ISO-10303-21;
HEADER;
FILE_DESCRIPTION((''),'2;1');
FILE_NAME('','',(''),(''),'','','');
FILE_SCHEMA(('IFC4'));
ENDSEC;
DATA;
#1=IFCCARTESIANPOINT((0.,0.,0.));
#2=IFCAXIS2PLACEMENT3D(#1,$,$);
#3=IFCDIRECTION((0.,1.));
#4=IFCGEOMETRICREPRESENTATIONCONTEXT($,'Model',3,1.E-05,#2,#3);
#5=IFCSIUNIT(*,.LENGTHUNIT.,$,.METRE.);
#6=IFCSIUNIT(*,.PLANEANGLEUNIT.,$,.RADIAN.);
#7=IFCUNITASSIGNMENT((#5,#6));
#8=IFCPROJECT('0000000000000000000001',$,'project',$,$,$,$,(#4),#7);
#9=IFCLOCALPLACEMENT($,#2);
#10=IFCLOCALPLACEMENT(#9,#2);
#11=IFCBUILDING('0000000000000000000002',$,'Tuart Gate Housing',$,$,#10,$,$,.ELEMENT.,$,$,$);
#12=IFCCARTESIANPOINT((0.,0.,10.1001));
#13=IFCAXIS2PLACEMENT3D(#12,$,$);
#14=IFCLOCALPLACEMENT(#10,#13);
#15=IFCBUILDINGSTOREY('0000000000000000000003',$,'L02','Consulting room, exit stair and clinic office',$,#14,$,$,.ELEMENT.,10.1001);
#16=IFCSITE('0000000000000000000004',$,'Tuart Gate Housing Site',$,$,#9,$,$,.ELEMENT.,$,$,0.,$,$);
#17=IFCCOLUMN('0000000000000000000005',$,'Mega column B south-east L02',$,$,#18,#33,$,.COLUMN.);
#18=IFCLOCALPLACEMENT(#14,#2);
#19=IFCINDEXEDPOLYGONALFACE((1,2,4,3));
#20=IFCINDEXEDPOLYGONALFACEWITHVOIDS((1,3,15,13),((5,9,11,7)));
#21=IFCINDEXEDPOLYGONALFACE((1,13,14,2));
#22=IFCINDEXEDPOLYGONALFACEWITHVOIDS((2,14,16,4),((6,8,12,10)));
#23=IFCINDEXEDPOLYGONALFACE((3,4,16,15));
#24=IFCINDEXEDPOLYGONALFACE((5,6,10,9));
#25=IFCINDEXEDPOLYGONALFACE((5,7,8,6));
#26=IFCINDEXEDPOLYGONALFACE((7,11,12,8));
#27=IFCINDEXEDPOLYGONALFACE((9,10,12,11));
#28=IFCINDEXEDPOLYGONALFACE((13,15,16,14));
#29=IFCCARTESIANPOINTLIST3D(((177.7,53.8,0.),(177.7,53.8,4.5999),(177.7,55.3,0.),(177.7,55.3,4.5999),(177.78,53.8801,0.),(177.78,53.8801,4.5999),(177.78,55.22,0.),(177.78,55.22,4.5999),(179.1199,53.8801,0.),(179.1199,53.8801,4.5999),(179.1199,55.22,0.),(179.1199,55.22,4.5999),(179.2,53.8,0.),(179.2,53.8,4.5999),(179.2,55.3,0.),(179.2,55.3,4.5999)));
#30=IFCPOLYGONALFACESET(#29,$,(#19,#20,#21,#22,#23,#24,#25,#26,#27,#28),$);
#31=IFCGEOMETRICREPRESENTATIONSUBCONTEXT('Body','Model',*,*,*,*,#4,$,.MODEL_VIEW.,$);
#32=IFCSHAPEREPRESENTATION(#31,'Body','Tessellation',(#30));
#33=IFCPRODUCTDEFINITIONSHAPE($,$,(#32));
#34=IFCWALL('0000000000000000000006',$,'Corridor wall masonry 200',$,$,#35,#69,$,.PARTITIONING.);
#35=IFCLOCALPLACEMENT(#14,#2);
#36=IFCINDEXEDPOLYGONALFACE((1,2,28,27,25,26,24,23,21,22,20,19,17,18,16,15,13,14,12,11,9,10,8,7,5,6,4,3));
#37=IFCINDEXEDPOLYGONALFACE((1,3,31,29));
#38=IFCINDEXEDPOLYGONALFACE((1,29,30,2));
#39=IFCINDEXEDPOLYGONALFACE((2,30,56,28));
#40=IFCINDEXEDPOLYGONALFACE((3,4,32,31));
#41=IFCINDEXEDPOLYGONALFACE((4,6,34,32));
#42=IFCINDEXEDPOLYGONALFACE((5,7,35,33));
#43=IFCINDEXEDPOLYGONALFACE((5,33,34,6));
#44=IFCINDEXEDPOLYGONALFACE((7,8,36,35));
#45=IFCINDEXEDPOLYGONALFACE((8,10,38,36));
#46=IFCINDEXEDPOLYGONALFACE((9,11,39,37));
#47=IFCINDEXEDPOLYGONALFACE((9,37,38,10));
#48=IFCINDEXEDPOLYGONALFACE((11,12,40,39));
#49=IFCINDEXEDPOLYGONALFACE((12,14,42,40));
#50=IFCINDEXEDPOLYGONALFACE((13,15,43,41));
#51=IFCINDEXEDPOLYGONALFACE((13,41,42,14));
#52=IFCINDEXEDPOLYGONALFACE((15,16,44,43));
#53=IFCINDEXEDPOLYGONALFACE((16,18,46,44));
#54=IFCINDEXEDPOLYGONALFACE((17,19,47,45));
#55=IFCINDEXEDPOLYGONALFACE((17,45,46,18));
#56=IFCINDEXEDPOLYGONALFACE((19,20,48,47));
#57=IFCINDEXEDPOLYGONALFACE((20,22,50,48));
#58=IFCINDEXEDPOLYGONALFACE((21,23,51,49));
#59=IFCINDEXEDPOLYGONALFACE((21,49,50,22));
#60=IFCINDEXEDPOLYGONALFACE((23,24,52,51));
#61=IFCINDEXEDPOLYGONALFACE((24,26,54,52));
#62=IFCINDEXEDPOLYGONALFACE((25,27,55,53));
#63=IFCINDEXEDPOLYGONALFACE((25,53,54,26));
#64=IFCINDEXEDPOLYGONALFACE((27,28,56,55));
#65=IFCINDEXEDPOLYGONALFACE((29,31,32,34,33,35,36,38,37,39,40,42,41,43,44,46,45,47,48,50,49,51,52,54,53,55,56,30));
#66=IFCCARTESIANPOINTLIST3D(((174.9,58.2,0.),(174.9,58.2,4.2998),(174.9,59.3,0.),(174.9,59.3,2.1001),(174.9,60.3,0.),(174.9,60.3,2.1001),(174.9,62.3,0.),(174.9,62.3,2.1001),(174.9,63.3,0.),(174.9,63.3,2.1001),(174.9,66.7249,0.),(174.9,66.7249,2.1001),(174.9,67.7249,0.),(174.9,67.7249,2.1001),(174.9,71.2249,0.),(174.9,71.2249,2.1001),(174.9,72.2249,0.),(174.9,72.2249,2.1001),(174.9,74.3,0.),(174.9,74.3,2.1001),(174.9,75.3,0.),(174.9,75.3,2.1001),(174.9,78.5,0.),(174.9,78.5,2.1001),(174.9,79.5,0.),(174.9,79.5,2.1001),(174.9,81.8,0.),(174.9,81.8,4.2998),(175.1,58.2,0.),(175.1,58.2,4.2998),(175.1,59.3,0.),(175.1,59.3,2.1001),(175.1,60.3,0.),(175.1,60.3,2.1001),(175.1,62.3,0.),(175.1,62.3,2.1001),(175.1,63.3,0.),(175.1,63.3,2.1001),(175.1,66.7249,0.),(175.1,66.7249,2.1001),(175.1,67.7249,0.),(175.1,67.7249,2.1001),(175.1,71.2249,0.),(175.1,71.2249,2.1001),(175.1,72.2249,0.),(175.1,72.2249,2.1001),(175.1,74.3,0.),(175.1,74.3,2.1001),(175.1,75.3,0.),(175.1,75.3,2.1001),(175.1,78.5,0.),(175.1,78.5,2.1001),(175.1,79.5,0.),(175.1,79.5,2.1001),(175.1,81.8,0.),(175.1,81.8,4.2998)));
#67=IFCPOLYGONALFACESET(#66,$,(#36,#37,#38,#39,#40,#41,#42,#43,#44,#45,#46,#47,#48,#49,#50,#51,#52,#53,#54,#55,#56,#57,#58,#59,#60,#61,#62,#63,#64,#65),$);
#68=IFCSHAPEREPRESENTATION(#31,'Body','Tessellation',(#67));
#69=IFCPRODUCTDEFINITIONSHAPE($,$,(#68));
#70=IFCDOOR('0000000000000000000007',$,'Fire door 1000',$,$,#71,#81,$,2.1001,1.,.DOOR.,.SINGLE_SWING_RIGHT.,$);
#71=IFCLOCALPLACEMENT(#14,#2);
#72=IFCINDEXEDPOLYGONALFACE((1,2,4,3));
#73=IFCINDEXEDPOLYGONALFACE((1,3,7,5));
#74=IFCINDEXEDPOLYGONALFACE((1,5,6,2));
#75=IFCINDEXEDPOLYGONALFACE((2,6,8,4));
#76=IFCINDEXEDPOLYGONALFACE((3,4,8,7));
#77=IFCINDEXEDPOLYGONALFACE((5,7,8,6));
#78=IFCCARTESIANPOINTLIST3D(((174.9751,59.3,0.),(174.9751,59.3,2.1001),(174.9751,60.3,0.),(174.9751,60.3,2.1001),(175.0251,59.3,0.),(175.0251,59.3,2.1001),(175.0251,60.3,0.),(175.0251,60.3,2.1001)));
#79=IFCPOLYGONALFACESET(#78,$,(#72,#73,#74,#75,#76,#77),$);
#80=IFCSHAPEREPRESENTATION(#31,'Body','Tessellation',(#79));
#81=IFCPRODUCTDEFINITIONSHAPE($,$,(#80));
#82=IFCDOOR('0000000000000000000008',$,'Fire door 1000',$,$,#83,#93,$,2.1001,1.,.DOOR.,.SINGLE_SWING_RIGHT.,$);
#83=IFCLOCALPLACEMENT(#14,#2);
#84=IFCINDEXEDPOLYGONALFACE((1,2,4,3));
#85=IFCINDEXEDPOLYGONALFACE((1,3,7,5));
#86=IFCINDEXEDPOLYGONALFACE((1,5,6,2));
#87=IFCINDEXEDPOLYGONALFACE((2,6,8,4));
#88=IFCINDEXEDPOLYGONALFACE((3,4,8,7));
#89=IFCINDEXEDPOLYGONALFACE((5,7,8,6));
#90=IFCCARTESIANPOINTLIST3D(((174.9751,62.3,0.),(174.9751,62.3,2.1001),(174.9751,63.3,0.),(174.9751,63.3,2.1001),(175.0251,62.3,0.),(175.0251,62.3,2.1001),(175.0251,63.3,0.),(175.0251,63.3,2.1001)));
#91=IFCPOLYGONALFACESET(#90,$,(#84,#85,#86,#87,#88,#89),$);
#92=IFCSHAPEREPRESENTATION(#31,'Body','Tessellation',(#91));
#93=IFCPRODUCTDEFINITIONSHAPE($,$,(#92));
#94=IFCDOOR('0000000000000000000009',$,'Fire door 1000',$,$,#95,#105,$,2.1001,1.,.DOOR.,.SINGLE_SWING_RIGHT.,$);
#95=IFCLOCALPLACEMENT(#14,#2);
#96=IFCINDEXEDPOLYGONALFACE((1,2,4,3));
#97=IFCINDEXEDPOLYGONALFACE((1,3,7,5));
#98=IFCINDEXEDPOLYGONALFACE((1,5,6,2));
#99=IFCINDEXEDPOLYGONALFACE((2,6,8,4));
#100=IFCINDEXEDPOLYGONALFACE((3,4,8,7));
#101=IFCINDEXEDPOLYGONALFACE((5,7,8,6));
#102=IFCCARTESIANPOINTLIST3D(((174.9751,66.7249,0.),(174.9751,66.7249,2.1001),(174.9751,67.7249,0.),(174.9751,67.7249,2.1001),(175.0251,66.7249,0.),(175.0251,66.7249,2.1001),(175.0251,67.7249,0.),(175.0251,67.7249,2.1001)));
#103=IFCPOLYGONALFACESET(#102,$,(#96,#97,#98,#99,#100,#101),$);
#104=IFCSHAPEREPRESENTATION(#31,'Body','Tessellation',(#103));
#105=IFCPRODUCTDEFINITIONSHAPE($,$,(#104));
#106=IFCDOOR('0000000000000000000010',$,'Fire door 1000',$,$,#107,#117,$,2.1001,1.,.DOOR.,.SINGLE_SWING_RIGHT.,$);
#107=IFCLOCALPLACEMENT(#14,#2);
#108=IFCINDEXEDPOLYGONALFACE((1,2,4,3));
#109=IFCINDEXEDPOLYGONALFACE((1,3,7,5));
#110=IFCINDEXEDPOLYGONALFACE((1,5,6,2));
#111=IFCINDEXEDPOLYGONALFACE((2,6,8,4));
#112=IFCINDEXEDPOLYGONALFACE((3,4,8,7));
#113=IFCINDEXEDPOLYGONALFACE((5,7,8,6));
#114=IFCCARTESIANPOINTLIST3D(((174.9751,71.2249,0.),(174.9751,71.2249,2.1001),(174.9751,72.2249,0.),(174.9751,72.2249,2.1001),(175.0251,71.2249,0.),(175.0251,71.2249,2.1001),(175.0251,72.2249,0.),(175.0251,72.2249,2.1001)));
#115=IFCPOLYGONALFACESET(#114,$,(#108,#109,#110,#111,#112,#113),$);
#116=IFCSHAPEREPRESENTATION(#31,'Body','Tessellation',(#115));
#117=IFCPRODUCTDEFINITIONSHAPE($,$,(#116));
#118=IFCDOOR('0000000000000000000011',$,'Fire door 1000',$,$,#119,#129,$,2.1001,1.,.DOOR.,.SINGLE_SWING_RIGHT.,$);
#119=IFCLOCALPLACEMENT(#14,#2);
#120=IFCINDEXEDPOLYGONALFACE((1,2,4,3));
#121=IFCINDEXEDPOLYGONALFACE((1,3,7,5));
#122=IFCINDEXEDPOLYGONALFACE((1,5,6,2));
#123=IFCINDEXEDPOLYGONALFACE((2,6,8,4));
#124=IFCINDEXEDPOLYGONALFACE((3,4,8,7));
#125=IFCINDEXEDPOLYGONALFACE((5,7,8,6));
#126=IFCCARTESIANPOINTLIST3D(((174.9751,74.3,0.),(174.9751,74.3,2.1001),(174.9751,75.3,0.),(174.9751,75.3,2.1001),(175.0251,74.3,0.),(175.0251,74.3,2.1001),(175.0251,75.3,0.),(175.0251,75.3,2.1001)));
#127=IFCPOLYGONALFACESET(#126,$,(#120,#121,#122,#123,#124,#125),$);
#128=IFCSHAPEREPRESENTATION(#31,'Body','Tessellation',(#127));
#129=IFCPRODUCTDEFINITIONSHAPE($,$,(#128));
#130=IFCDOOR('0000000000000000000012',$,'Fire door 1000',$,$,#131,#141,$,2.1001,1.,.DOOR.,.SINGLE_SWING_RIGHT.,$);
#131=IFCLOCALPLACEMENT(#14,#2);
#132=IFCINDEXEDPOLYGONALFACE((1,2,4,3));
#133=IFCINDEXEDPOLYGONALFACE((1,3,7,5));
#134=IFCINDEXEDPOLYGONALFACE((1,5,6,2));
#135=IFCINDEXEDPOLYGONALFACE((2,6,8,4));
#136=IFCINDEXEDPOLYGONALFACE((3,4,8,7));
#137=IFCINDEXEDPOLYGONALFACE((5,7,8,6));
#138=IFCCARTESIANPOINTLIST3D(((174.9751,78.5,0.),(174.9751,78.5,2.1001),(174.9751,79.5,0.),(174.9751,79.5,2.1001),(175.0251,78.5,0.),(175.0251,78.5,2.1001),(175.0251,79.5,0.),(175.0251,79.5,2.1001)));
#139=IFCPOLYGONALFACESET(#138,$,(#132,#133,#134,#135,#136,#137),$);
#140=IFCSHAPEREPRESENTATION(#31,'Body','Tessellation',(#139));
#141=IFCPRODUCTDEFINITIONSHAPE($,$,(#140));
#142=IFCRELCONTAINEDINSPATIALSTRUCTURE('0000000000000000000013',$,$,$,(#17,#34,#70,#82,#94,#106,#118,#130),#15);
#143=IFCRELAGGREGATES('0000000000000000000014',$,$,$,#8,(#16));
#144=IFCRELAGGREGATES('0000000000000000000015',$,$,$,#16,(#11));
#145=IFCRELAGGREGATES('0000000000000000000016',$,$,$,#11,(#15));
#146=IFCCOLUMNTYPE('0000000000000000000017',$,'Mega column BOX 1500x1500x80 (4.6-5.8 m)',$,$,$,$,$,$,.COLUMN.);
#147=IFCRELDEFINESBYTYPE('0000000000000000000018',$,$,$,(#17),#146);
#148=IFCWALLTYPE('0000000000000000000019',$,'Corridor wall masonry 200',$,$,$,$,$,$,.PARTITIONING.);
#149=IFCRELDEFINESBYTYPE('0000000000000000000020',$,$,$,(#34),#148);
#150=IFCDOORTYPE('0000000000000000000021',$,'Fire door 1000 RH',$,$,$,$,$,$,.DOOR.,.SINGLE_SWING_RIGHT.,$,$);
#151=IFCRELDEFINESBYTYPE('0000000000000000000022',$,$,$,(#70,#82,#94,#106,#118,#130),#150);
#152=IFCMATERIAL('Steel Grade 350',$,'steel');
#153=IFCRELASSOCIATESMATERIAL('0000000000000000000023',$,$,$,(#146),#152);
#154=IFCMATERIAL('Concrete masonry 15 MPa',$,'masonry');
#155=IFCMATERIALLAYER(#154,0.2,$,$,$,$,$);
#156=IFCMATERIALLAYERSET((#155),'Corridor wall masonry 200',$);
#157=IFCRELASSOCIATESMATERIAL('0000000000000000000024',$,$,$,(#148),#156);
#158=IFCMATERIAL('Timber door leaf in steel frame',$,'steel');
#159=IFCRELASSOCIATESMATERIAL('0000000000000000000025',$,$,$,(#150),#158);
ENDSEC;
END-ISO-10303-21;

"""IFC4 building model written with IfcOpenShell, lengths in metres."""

from ifc_helpers import new_model, si_unit, direction, frame, frame_2d, origin, origin_2d, place, context, subcontext, project, spatial, rectangle, hollow_rectangle, extrude, material, layer, layer_set, material_profile, profile_set, type_object, element, fill, save


model = new_model("IFC4")

# Units and contexts
model_context = context("Model", 3, precision=1e-05, world=origin(), true_north=direction((0.0, 1.0)))
body_context = subcontext(model_context, "Body", "Model", "MODEL_VIEW")
ifc_project = project(units=[si_unit("LENGTHUNIT", "METRE"), si_unit("PLANEANGLEUNIT", "RADIAN")], contexts=[model_context])

# Site, building, storey
site_placement = place(None, origin())
site = spatial("IfcSite", under=ifc_project, at=site_placement, Name="Tuart Gate Housing Site", CompositionType="ELEMENT", RefElevation=0.0)
building_placement = place(site_placement, origin())
building = spatial("IfcBuilding", under=site, at=building_placement, Name="Tuart Gate Housing", CompositionType="ELEMENT")
storey_placement = place(building_placement, frame((0.0, 0.0, 10.1001)))
storey = spatial("IfcBuildingStorey", under=building, at=storey_placement, Name="L02", Description="Consulting room, exit stair and clinic office", CompositionType="ELEMENT", Elevation=10.1001)

# Column
ifc_material_1 = material(Name="Steel Grade 350", Category="steel")
ifc_material_profile = material_profile(ifc_material_1, hollow_rectangle(XDim=1.5, YDim=1.5, WallThickness=0.0801, at=origin_2d()), Name="BOX 1500x1500x80")
ifc_profile_set = profile_set([ifc_material_profile], Name="Steel Grade 350")
column_type = type_object("IfcColumnType", Name="Mega column BOX 1500x1500x80 (4.6-5.8 m)", PredefinedType="COLUMN", material=ifc_profile_set)
column_placement = place(storey_placement, frame((178.45, 54.55, 0.0), z_axis=(0.0, 0.0, 1.0), x_axis=(1.0, 0.0, 0.0)))
element("IfcColumn", 1, at=column_placement, inside=storey, type_object=column_type, Name="Mega column B south-east L02", PredefinedType="COLUMN", context=body_context, shape_type="SweptSolid", body=[
    extrude(hollow_rectangle(XDim=1.5, YDim=1.5, WallThickness=0.0801, at=origin_2d()), origin(), (0.0, 0.0, 1.0), 4.5999),
])

# Wall, openings, doors
ifc_material_2 = material(Name="Concrete masonry 15 MPa", Category="masonry")
ifc_layer_1 = layer(ifc_material_2, 0.2)
ifc_layer_set_1 = layer_set([ifc_layer_1], Name="Corridor wall masonry 200")
wall_type_1 = type_object("IfcWallType", Name="Corridor wall masonry 200", PredefinedType="PARTITIONING", material=ifc_layer_set_1)
wall_1_placement = place(storey_placement, frame((175.0, 58.2, 0.0), z_axis=(0.0, 0.0, 1.0), x_axis=(0.0, 1.0, 0.0)))
wall_1 = element("IfcWall", 2, at=wall_1_placement, inside=storey, type_object=wall_type_1, Name="Corridor wall masonry 200", PredefinedType="PARTITIONING", context=body_context, shape_type="SweptSolid", body=[
    extrude(rectangle(XDim=23.6001, YDim=0.2, at=frame_2d((11.8, 0.0))), origin(), (0.0, 0.0, 1.0), 4.2998),
])
opening_1_placement = place(wall_1_placement, frame((1.1001, 0.0, 0.0)))
opening_1 = element("IfcOpeningElement", 3, at=opening_1_placement, cuts=wall_1, PredefinedType="OPENING", context=body_context, shape_type="SweptSolid", body=[
    extrude(rectangle(XDim=1.0, YDim=2.1001, at=frame_2d((0.5, 1.05))), frame((0.0, 0.1099, 0.0), z_axis=(0.0, -1.0, 0.0), x_axis=(1.0, 0.0, 0.0)), (0.0, 0.0, 1.0), 0.22),
])
opening_2_placement = place(wall_1_placement, frame((4.1001, 0.0, 0.0)))
opening_2 = element("IfcOpeningElement", 4, at=opening_2_placement, cuts=wall_1, PredefinedType="OPENING", context=body_context, shape_type="SweptSolid", body=[
    extrude(rectangle(XDim=1.0, YDim=2.1001, at=frame_2d((0.5, 1.05))), frame((0.0, 0.1099, 0.0), z_axis=(0.0, -1.0, 0.0), x_axis=(1.0, 0.0, 0.0)), (0.0, 0.0, 1.0), 0.22),
])
opening_3_placement = place(wall_1_placement, frame((8.5249, 0.0, 0.0)))
opening_3 = element("IfcOpeningElement", 5, at=opening_3_placement, cuts=wall_1, PredefinedType="OPENING", context=body_context, shape_type="SweptSolid", body=[
    extrude(rectangle(XDim=1.0, YDim=2.1001, at=frame_2d((0.5, 1.05))), frame((0.0, 0.1099, 0.0), z_axis=(0.0, -1.0, 0.0), x_axis=(1.0, 0.0, 0.0)), (0.0, 0.0, 1.0), 0.22),
])
opening_4_placement = place(wall_1_placement, frame((13.0249, 0.0, 0.0)))
opening_4 = element("IfcOpeningElement", 6, at=opening_4_placement, cuts=wall_1, PredefinedType="OPENING", context=body_context, shape_type="SweptSolid", body=[
    extrude(rectangle(XDim=1.0, YDim=2.1001, at=frame_2d((0.5, 1.05))), frame((0.0, 0.1099, 0.0), z_axis=(0.0, -1.0, 0.0), x_axis=(1.0, 0.0, 0.0)), (0.0, 0.0, 1.0), 0.22),
])
opening_5_placement = place(wall_1_placement, frame((16.1001, 0.0, 0.0)))
opening_5 = element("IfcOpeningElement", 7, at=opening_5_placement, cuts=wall_1, PredefinedType="OPENING", context=body_context, shape_type="SweptSolid", body=[
    extrude(rectangle(XDim=1.0, YDim=2.1001, at=frame_2d((0.5, 1.05))), frame((0.0, 0.1099, 0.0), z_axis=(0.0, -1.0, 0.0), x_axis=(1.0, 0.0, 0.0)), (0.0, 0.0, 1.0), 0.22),
])
opening_6_placement = place(wall_1_placement, frame((20.3, 0.0, 0.0)))
opening_6 = element("IfcOpeningElement", 8, at=opening_6_placement, cuts=wall_1, PredefinedType="OPENING", context=body_context, shape_type="SweptSolid", body=[
    extrude(rectangle(XDim=1.0, YDim=2.1001, at=frame_2d((0.5, 1.05))), frame((0.0, 0.1099, 0.0), z_axis=(0.0, -1.0, 0.0), x_axis=(1.0, 0.0, 0.0)), (0.0, 0.0, 1.0), 0.22),
])
ifc_material_3 = material(Name="Timber door leaf in steel frame", Category="steel")
door_type = type_object("IfcDoorType", Name="Fire door 1000 RH", OperationType="SINGLE_SWING_RIGHT", PredefinedType="DOOR", material=ifc_material_3)
door_1_placement = place(opening_1_placement, frame((1.0, 0.0, 0.0), z_axis=(0.0, 0.0, 1.0), x_axis=(-1.0, 0.0, 0.0)))
door_1 = element("IfcDoor", 9, at=door_1_placement, inside=storey, type_object=door_type, Name="Fire door 1000", OperationType="SINGLE_SWING_RIGHT", OverallHeight=2.1001, OverallWidth=1.0, PredefinedType="DOOR", context=body_context, shape_type="SweptSolid", body=[
    extrude(rectangle(XDim=1.0, YDim=2.1001, at=frame_2d((0.5, 1.05))), frame((0.0, 0.0251, 0.0), z_axis=(0.0, -1.0, 0.0), x_axis=(1.0, 0.0, 0.0)), (0.0, 0.0, 1.0), 0.05),
])
fill(opening_1, door_1)
door_2_placement = place(opening_2_placement, frame((1.0, 0.0, 0.0), z_axis=(0.0, 0.0, 1.0), x_axis=(-1.0, 0.0, 0.0)))
door_2 = element("IfcDoor", 10, at=door_2_placement, inside=storey, type_object=door_type, Name="Fire door 1000", OperationType="SINGLE_SWING_RIGHT", OverallHeight=2.1001, OverallWidth=1.0, PredefinedType="DOOR", context=body_context, shape_type="SweptSolid", body=[
    extrude(rectangle(XDim=1.0, YDim=2.1001, at=frame_2d((0.5, 1.05))), frame((0.0, 0.0251, 0.0), z_axis=(0.0, -1.0, 0.0), x_axis=(1.0, 0.0, 0.0)), (0.0, 0.0, 1.0), 0.05),
])
fill(opening_2, door_2)
door_3_placement = place(opening_3_placement, frame((1.0, 0.0, 0.0), z_axis=(0.0, 0.0, 1.0), x_axis=(-1.0, 0.0, 0.0)))
door_3 = element("IfcDoor", 11, at=door_3_placement, inside=storey, type_object=door_type, Name="Fire door 1000", OperationType="SINGLE_SWING_RIGHT", OverallHeight=2.1001, OverallWidth=1.0, PredefinedType="DOOR", context=body_context, shape_type="SweptSolid", body=[
    extrude(rectangle(XDim=1.0, YDim=2.1001, at=frame_2d((0.5, 1.05))), frame((0.0, 0.0251, 0.0), z_axis=(0.0, -1.0, 0.0), x_axis=(1.0, 0.0, 0.0)), (0.0, 0.0, 1.0), 0.05),
])
fill(opening_3, door_3)
door_4_placement = place(opening_4_placement, frame((1.0, 0.0, 0.0), z_axis=(0.0, 0.0, 1.0), x_axis=(-1.0, 0.0, 0.0)))
door_4 = element("IfcDoor", 12, at=door_4_placement, inside=storey, type_object=door_type, Name="Fire door 1000", OperationType="SINGLE_SWING_RIGHT", OverallHeight=2.1001, OverallWidth=1.0, PredefinedType="DOOR", context=body_context, shape_type="SweptSolid", body=[
    extrude(rectangle(XDim=1.0, YDim=2.1001, at=frame_2d((0.5, 1.05))), frame((0.0, 0.0251, 0.0), z_axis=(0.0, -1.0, 0.0), x_axis=(1.0, 0.0, 0.0)), (0.0, 0.0, 1.0), 0.05),
])
fill(opening_4, door_4)
door_5_placement = place(opening_5_placement, frame((1.0, 0.0, 0.0), z_axis=(0.0, 0.0, 1.0), x_axis=(-1.0, 0.0, 0.0)))
door_5 = element("IfcDoor", 13, at=door_5_placement, inside=storey, type_object=door_type, Name="Fire door 1000", OperationType="SINGLE_SWING_RIGHT", OverallHeight=2.1001, OverallWidth=1.0, PredefinedType="DOOR", context=body_context, shape_type="SweptSolid", body=[
    extrude(rectangle(XDim=1.0, YDim=2.1001, at=frame_2d((0.5, 1.05))), frame((0.0, 0.0251, 0.0), z_axis=(0.0, -1.0, 0.0), x_axis=(1.0, 0.0, 0.0)), (0.0, 0.0, 1.0), 0.05),
])
fill(opening_5, door_5)
door_6_placement = place(opening_6_placement, frame((1.0, 0.0, 0.0), z_axis=(0.0, 0.0, 1.0), x_axis=(-1.0, 0.0, 0.0)))
door_6 = element("IfcDoor", 14, at=door_6_placement, inside=storey, type_object=door_type, Name="Fire door 1000", OperationType="SINGLE_SWING_RIGHT", OverallHeight=2.1001, OverallWidth=1.0, PredefinedType="DOOR", context=body_context, shape_type="SweptSolid", body=[
    extrude(rectangle(XDim=1.0, YDim=2.1001, at=frame_2d((0.5, 1.05))), frame((0.0, 0.0251, 0.0), z_axis=(0.0, -1.0, 0.0), x_axis=(1.0, 0.0, 0.0)), (0.0, 0.0, 1.0), 0.05),
])
fill(opening_6, door_6)

save(model, "model.ifc")
